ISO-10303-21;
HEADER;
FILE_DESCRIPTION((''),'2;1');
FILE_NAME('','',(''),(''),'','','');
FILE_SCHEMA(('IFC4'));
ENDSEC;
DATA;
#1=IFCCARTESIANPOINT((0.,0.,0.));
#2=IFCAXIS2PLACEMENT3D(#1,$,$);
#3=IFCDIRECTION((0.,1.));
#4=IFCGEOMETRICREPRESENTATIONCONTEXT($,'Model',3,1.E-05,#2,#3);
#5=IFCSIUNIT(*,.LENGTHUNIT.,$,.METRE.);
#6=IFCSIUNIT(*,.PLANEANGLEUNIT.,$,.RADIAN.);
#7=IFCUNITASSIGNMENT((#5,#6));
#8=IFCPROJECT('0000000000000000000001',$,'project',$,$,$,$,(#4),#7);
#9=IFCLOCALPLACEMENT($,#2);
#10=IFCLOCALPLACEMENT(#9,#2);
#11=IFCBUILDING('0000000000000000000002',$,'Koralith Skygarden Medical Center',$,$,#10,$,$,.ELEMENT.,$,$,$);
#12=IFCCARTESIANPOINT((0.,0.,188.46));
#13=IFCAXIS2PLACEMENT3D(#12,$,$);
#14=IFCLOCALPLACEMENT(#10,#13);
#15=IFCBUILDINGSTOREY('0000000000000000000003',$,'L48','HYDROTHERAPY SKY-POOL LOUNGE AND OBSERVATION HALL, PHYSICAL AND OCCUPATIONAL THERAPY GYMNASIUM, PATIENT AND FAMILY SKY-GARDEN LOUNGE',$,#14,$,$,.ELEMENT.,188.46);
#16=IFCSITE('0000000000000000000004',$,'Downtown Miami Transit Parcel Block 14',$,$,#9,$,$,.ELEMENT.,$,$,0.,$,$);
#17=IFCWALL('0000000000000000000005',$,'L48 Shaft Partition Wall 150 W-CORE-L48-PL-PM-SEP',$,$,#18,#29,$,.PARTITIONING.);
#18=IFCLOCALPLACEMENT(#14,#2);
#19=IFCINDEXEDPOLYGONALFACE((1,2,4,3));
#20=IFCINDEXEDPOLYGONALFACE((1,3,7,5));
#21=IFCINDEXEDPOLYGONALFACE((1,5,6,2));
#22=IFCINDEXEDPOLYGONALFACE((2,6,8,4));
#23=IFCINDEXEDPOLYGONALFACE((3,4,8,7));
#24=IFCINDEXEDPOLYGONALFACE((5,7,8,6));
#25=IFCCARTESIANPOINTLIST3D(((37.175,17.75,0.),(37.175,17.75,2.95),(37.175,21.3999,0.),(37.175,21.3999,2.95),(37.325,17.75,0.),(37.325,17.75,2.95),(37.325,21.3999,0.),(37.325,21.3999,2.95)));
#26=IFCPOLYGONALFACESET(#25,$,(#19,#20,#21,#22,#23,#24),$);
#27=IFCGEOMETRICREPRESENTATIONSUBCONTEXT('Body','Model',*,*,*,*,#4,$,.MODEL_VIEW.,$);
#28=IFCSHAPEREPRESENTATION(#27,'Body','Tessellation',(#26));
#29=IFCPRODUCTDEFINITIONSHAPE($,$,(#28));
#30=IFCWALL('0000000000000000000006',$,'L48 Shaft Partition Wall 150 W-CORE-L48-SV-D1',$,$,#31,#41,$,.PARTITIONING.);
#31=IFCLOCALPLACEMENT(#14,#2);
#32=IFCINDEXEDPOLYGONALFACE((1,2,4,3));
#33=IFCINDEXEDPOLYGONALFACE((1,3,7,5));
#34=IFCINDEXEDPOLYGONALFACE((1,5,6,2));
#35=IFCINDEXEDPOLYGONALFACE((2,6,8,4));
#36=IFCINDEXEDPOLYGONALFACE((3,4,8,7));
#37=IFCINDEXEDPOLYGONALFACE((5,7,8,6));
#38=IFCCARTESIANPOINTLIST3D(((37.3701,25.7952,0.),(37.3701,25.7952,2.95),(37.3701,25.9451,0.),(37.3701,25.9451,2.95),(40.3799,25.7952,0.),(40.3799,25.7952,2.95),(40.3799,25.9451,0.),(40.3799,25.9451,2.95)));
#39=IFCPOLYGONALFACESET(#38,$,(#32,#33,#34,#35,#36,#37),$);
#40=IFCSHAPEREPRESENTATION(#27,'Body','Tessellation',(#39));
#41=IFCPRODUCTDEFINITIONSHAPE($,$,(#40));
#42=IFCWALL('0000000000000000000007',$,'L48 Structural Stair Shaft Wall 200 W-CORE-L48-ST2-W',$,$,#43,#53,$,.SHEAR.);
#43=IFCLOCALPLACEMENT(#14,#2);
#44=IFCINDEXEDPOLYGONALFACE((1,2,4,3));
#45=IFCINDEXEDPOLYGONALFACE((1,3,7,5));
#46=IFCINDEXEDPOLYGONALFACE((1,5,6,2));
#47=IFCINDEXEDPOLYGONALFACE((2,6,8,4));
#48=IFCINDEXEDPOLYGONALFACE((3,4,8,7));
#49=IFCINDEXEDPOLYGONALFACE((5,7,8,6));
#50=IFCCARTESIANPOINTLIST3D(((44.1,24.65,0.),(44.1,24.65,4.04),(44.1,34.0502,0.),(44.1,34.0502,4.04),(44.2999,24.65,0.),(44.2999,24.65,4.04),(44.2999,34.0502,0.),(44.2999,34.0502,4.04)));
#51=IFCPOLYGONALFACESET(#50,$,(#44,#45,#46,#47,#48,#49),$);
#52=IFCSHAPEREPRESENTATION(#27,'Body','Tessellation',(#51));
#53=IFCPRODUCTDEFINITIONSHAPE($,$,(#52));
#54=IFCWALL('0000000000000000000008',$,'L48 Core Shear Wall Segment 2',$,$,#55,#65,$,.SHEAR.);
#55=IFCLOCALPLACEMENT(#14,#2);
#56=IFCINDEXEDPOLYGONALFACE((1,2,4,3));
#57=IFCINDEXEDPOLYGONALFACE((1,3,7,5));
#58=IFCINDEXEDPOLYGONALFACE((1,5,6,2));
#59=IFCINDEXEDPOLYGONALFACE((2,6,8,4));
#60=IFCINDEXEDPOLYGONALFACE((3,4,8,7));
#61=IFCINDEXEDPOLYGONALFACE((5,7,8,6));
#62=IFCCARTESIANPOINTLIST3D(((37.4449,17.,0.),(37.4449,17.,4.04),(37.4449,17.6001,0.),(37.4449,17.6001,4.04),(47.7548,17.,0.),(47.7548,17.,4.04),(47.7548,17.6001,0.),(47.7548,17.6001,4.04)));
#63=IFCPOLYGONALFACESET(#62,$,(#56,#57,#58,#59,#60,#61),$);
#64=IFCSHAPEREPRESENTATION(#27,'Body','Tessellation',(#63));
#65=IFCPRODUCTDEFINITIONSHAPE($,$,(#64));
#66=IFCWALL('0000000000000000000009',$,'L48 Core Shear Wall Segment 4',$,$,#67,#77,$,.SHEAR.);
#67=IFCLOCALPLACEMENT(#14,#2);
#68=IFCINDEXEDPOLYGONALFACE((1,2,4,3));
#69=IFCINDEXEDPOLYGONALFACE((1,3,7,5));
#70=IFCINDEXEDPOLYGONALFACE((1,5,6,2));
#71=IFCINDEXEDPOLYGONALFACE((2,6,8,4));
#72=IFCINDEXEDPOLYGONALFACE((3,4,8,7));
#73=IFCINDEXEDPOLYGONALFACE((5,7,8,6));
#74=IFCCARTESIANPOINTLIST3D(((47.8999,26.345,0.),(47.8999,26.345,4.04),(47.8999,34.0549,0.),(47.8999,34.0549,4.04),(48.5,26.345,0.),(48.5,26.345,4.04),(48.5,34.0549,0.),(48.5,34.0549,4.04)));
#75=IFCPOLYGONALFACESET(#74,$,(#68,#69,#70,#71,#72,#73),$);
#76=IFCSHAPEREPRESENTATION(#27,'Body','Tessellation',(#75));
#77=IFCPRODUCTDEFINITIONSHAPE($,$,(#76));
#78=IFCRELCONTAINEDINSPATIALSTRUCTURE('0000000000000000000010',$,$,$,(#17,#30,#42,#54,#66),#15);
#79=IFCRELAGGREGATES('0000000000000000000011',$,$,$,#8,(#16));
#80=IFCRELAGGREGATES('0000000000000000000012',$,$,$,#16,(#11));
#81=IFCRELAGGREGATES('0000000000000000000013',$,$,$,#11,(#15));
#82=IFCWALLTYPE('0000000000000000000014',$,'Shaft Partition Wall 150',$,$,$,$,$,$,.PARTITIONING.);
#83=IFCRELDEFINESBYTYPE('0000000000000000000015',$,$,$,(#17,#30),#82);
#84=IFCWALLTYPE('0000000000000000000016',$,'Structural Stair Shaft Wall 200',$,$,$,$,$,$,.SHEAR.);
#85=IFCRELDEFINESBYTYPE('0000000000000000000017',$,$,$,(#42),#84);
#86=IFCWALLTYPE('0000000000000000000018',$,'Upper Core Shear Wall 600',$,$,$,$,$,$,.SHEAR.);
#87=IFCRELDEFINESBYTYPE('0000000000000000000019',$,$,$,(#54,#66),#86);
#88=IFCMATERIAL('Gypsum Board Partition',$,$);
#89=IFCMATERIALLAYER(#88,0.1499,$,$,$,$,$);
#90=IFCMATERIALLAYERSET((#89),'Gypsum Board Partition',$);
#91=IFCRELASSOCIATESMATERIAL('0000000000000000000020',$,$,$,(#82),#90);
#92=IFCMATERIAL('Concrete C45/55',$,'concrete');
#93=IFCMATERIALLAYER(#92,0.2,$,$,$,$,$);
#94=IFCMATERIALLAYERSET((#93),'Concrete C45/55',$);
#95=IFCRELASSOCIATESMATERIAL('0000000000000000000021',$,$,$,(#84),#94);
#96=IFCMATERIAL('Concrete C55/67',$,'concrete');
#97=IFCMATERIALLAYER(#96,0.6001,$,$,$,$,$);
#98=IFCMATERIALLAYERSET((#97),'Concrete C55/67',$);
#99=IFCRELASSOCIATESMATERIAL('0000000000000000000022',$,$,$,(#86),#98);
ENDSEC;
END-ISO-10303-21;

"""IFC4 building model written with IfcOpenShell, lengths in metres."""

from ifc_helpers import new_model, si_unit, direction, frame, frame_2d, origin, place, context, subcontext, project, spatial, rectangle, extrude, material, layer, layer_set, type_object, element, save


model = new_model("IFC4")

# Units and contexts
model_context = context("Model", 3, precision=1e-05, world=origin(), true_north=direction((0.0, 1.0)))
body_context = subcontext(model_context, "Body", "Model", "MODEL_VIEW")
ifc_project = project(units=[si_unit("LENGTHUNIT", "METRE"), si_unit("PLANEANGLEUNIT", "RADIAN")], contexts=[model_context])

# Site, building, storey
site_placement = place(None, origin())
site = spatial("IfcSite", under=ifc_project, at=site_placement, Name="Downtown Miami Transit Parcel Block 14", CompositionType="ELEMENT", RefElevation=0.0)
building_placement = place(site_placement, origin())
building = spatial("IfcBuilding", under=site, at=building_placement, Name="Koralith Skygarden Medical Center", CompositionType="ELEMENT")
storey_placement = place(building_placement, frame((0.0, 0.0, 188.46)))
storey = spatial("IfcBuildingStorey", under=building, at=storey_placement, Name="L48", Description="HYDROTHERAPY SKY-POOL LOUNGE AND OBSERVATION HALL, PHYSICAL AND OCCUPATIONAL THERAPY GYMNASIUM, PATIENT AND FAMILY SKY-GARDEN LOUNGE", CompositionType="ELEMENT", Elevation=188.46)

# Shared definitions
ifc_material_1 = material(Name="Concrete C55/67", Category="concrete")

# Shared definitions
ifc_material_2 = material(Name="Gypsum Board Partition")

# Walls
ifc_layer_1 = layer(ifc_material_2, 0.1499)
ifc_layer_set_1 = layer_set([ifc_layer_1], Name="Gypsum Board Partition")
wall_type_1 = type_object("IfcWallType", Name="Shaft Partition Wall 150", PredefinedType="PARTITIONING", material=ifc_layer_set_1)
wall_1_placement = place(storey_placement, frame((37.25, 17.75, 0.0), z_axis=(0.0, 0.0, 1.0), x_axis=(0.0, 1.0, 0.0)))
element("IfcWall", 1, at=wall_1_placement, inside=storey, type_object=wall_type_1, Name="L48 Shaft Partition Wall 150 W-CORE-L48-PL-PM-SEP", PredefinedType="PARTITIONING", context=body_context, shape_type="SweptSolid", body=[
    extrude(rectangle(XDim=3.6499, YDim=0.1499, at=frame_2d((1.825, 0.0))), origin(), (0.0, 0.0, 1.0), 2.95),
])
wall_2_placement = place(storey_placement, frame((37.3701, 25.8701, 0.0), z_axis=(0.0, 0.0, 1.0), x_axis=(1.0, 0.0, 0.0)))
element("IfcWall", 2, at=wall_2_placement, inside=storey, type_object=wall_type_1, Name="L48 Shaft Partition Wall 150 W-CORE-L48-SV-D1", PredefinedType="PARTITIONING", context=body_context, shape_type="SweptSolid", body=[
    extrude(rectangle(XDim=3.0098, YDim=0.1499, at=frame_2d((1.5049, 0.0))), origin(), (0.0, 0.0, 1.0), 2.95),
])
ifc_material_3 = material(Name="Concrete C45/55", Category="concrete")
ifc_layer_2 = layer(ifc_material_3, 0.2)
ifc_layer_set_2 = layer_set([ifc_layer_2], Name="Concrete C45/55")
wall_type_2 = type_object("IfcWallType", Name="Structural Stair Shaft Wall 200", PredefinedType="SHEAR", material=ifc_layer_set_2)
wall_3_placement = place(storey_placement, frame((44.2, 24.6499, 0.0), z_axis=(0.0, 0.0, 1.0), x_axis=(0.0, 1.0, 0.0)))
element("IfcWall", 3, at=wall_3_placement, inside=storey, type_object=wall_type_2, Name="L48 Structural Stair Shaft Wall 200 W-CORE-L48-ST2-W", PredefinedType="SHEAR", context=body_context, shape_type="SweptSolid", body=[
    extrude(rectangle(XDim=9.4001, YDim=0.2, at=frame_2d((4.7002, 0.0))), origin(), (0.0, 0.0, 1.0), 4.04),
])

# Wall
ifc_layer_3 = layer(ifc_material_1, 0.6001)
ifc_layer_set_3 = layer_set([ifc_layer_3], Name="Concrete C55/67")
wall_type_3 = type_object("IfcWallType", Name="Upper Core Shear Wall 600", PredefinedType="SHEAR", material=ifc_layer_set_3)
wall_4_placement = place(storey_placement, frame((37.4451, 17.3, 0.0), z_axis=(0.0, 0.0, 1.0), x_axis=(1.0, 0.0, 0.0)))
element("IfcWall", 4, at=wall_4_placement, inside=storey, type_object=wall_type_3, Name="L48 Core Shear Wall Segment 2", PredefinedType="SHEAR", context=body_context, shape_type="SweptSolid", body=[
    extrude(rectangle(XDim=10.3098, YDim=0.6001, at=frame_2d((5.1548, 0.0))), origin(), (0.0, 0.0, 1.0), 4.04),
])

# Wall
wall_5_placement = place(storey_placement, frame((48.2, 26.345, 0.0), z_axis=(0.0, 0.0, 1.0), x_axis=(0.0, 1.0, 0.0)))
element("IfcWall", 5, at=wall_5_placement, inside=storey, type_object=wall_type_3, Name="L48 Core Shear Wall Segment 4", PredefinedType="SHEAR", context=body_context, shape_type="SweptSolid", body=[
    extrude(rectangle(XDim=7.71, YDim=0.6001, at=frame_2d((3.855, 0.0))), origin(), (0.0, 0.0, 1.0), 4.04),
])

save(model, "model.ifc")
